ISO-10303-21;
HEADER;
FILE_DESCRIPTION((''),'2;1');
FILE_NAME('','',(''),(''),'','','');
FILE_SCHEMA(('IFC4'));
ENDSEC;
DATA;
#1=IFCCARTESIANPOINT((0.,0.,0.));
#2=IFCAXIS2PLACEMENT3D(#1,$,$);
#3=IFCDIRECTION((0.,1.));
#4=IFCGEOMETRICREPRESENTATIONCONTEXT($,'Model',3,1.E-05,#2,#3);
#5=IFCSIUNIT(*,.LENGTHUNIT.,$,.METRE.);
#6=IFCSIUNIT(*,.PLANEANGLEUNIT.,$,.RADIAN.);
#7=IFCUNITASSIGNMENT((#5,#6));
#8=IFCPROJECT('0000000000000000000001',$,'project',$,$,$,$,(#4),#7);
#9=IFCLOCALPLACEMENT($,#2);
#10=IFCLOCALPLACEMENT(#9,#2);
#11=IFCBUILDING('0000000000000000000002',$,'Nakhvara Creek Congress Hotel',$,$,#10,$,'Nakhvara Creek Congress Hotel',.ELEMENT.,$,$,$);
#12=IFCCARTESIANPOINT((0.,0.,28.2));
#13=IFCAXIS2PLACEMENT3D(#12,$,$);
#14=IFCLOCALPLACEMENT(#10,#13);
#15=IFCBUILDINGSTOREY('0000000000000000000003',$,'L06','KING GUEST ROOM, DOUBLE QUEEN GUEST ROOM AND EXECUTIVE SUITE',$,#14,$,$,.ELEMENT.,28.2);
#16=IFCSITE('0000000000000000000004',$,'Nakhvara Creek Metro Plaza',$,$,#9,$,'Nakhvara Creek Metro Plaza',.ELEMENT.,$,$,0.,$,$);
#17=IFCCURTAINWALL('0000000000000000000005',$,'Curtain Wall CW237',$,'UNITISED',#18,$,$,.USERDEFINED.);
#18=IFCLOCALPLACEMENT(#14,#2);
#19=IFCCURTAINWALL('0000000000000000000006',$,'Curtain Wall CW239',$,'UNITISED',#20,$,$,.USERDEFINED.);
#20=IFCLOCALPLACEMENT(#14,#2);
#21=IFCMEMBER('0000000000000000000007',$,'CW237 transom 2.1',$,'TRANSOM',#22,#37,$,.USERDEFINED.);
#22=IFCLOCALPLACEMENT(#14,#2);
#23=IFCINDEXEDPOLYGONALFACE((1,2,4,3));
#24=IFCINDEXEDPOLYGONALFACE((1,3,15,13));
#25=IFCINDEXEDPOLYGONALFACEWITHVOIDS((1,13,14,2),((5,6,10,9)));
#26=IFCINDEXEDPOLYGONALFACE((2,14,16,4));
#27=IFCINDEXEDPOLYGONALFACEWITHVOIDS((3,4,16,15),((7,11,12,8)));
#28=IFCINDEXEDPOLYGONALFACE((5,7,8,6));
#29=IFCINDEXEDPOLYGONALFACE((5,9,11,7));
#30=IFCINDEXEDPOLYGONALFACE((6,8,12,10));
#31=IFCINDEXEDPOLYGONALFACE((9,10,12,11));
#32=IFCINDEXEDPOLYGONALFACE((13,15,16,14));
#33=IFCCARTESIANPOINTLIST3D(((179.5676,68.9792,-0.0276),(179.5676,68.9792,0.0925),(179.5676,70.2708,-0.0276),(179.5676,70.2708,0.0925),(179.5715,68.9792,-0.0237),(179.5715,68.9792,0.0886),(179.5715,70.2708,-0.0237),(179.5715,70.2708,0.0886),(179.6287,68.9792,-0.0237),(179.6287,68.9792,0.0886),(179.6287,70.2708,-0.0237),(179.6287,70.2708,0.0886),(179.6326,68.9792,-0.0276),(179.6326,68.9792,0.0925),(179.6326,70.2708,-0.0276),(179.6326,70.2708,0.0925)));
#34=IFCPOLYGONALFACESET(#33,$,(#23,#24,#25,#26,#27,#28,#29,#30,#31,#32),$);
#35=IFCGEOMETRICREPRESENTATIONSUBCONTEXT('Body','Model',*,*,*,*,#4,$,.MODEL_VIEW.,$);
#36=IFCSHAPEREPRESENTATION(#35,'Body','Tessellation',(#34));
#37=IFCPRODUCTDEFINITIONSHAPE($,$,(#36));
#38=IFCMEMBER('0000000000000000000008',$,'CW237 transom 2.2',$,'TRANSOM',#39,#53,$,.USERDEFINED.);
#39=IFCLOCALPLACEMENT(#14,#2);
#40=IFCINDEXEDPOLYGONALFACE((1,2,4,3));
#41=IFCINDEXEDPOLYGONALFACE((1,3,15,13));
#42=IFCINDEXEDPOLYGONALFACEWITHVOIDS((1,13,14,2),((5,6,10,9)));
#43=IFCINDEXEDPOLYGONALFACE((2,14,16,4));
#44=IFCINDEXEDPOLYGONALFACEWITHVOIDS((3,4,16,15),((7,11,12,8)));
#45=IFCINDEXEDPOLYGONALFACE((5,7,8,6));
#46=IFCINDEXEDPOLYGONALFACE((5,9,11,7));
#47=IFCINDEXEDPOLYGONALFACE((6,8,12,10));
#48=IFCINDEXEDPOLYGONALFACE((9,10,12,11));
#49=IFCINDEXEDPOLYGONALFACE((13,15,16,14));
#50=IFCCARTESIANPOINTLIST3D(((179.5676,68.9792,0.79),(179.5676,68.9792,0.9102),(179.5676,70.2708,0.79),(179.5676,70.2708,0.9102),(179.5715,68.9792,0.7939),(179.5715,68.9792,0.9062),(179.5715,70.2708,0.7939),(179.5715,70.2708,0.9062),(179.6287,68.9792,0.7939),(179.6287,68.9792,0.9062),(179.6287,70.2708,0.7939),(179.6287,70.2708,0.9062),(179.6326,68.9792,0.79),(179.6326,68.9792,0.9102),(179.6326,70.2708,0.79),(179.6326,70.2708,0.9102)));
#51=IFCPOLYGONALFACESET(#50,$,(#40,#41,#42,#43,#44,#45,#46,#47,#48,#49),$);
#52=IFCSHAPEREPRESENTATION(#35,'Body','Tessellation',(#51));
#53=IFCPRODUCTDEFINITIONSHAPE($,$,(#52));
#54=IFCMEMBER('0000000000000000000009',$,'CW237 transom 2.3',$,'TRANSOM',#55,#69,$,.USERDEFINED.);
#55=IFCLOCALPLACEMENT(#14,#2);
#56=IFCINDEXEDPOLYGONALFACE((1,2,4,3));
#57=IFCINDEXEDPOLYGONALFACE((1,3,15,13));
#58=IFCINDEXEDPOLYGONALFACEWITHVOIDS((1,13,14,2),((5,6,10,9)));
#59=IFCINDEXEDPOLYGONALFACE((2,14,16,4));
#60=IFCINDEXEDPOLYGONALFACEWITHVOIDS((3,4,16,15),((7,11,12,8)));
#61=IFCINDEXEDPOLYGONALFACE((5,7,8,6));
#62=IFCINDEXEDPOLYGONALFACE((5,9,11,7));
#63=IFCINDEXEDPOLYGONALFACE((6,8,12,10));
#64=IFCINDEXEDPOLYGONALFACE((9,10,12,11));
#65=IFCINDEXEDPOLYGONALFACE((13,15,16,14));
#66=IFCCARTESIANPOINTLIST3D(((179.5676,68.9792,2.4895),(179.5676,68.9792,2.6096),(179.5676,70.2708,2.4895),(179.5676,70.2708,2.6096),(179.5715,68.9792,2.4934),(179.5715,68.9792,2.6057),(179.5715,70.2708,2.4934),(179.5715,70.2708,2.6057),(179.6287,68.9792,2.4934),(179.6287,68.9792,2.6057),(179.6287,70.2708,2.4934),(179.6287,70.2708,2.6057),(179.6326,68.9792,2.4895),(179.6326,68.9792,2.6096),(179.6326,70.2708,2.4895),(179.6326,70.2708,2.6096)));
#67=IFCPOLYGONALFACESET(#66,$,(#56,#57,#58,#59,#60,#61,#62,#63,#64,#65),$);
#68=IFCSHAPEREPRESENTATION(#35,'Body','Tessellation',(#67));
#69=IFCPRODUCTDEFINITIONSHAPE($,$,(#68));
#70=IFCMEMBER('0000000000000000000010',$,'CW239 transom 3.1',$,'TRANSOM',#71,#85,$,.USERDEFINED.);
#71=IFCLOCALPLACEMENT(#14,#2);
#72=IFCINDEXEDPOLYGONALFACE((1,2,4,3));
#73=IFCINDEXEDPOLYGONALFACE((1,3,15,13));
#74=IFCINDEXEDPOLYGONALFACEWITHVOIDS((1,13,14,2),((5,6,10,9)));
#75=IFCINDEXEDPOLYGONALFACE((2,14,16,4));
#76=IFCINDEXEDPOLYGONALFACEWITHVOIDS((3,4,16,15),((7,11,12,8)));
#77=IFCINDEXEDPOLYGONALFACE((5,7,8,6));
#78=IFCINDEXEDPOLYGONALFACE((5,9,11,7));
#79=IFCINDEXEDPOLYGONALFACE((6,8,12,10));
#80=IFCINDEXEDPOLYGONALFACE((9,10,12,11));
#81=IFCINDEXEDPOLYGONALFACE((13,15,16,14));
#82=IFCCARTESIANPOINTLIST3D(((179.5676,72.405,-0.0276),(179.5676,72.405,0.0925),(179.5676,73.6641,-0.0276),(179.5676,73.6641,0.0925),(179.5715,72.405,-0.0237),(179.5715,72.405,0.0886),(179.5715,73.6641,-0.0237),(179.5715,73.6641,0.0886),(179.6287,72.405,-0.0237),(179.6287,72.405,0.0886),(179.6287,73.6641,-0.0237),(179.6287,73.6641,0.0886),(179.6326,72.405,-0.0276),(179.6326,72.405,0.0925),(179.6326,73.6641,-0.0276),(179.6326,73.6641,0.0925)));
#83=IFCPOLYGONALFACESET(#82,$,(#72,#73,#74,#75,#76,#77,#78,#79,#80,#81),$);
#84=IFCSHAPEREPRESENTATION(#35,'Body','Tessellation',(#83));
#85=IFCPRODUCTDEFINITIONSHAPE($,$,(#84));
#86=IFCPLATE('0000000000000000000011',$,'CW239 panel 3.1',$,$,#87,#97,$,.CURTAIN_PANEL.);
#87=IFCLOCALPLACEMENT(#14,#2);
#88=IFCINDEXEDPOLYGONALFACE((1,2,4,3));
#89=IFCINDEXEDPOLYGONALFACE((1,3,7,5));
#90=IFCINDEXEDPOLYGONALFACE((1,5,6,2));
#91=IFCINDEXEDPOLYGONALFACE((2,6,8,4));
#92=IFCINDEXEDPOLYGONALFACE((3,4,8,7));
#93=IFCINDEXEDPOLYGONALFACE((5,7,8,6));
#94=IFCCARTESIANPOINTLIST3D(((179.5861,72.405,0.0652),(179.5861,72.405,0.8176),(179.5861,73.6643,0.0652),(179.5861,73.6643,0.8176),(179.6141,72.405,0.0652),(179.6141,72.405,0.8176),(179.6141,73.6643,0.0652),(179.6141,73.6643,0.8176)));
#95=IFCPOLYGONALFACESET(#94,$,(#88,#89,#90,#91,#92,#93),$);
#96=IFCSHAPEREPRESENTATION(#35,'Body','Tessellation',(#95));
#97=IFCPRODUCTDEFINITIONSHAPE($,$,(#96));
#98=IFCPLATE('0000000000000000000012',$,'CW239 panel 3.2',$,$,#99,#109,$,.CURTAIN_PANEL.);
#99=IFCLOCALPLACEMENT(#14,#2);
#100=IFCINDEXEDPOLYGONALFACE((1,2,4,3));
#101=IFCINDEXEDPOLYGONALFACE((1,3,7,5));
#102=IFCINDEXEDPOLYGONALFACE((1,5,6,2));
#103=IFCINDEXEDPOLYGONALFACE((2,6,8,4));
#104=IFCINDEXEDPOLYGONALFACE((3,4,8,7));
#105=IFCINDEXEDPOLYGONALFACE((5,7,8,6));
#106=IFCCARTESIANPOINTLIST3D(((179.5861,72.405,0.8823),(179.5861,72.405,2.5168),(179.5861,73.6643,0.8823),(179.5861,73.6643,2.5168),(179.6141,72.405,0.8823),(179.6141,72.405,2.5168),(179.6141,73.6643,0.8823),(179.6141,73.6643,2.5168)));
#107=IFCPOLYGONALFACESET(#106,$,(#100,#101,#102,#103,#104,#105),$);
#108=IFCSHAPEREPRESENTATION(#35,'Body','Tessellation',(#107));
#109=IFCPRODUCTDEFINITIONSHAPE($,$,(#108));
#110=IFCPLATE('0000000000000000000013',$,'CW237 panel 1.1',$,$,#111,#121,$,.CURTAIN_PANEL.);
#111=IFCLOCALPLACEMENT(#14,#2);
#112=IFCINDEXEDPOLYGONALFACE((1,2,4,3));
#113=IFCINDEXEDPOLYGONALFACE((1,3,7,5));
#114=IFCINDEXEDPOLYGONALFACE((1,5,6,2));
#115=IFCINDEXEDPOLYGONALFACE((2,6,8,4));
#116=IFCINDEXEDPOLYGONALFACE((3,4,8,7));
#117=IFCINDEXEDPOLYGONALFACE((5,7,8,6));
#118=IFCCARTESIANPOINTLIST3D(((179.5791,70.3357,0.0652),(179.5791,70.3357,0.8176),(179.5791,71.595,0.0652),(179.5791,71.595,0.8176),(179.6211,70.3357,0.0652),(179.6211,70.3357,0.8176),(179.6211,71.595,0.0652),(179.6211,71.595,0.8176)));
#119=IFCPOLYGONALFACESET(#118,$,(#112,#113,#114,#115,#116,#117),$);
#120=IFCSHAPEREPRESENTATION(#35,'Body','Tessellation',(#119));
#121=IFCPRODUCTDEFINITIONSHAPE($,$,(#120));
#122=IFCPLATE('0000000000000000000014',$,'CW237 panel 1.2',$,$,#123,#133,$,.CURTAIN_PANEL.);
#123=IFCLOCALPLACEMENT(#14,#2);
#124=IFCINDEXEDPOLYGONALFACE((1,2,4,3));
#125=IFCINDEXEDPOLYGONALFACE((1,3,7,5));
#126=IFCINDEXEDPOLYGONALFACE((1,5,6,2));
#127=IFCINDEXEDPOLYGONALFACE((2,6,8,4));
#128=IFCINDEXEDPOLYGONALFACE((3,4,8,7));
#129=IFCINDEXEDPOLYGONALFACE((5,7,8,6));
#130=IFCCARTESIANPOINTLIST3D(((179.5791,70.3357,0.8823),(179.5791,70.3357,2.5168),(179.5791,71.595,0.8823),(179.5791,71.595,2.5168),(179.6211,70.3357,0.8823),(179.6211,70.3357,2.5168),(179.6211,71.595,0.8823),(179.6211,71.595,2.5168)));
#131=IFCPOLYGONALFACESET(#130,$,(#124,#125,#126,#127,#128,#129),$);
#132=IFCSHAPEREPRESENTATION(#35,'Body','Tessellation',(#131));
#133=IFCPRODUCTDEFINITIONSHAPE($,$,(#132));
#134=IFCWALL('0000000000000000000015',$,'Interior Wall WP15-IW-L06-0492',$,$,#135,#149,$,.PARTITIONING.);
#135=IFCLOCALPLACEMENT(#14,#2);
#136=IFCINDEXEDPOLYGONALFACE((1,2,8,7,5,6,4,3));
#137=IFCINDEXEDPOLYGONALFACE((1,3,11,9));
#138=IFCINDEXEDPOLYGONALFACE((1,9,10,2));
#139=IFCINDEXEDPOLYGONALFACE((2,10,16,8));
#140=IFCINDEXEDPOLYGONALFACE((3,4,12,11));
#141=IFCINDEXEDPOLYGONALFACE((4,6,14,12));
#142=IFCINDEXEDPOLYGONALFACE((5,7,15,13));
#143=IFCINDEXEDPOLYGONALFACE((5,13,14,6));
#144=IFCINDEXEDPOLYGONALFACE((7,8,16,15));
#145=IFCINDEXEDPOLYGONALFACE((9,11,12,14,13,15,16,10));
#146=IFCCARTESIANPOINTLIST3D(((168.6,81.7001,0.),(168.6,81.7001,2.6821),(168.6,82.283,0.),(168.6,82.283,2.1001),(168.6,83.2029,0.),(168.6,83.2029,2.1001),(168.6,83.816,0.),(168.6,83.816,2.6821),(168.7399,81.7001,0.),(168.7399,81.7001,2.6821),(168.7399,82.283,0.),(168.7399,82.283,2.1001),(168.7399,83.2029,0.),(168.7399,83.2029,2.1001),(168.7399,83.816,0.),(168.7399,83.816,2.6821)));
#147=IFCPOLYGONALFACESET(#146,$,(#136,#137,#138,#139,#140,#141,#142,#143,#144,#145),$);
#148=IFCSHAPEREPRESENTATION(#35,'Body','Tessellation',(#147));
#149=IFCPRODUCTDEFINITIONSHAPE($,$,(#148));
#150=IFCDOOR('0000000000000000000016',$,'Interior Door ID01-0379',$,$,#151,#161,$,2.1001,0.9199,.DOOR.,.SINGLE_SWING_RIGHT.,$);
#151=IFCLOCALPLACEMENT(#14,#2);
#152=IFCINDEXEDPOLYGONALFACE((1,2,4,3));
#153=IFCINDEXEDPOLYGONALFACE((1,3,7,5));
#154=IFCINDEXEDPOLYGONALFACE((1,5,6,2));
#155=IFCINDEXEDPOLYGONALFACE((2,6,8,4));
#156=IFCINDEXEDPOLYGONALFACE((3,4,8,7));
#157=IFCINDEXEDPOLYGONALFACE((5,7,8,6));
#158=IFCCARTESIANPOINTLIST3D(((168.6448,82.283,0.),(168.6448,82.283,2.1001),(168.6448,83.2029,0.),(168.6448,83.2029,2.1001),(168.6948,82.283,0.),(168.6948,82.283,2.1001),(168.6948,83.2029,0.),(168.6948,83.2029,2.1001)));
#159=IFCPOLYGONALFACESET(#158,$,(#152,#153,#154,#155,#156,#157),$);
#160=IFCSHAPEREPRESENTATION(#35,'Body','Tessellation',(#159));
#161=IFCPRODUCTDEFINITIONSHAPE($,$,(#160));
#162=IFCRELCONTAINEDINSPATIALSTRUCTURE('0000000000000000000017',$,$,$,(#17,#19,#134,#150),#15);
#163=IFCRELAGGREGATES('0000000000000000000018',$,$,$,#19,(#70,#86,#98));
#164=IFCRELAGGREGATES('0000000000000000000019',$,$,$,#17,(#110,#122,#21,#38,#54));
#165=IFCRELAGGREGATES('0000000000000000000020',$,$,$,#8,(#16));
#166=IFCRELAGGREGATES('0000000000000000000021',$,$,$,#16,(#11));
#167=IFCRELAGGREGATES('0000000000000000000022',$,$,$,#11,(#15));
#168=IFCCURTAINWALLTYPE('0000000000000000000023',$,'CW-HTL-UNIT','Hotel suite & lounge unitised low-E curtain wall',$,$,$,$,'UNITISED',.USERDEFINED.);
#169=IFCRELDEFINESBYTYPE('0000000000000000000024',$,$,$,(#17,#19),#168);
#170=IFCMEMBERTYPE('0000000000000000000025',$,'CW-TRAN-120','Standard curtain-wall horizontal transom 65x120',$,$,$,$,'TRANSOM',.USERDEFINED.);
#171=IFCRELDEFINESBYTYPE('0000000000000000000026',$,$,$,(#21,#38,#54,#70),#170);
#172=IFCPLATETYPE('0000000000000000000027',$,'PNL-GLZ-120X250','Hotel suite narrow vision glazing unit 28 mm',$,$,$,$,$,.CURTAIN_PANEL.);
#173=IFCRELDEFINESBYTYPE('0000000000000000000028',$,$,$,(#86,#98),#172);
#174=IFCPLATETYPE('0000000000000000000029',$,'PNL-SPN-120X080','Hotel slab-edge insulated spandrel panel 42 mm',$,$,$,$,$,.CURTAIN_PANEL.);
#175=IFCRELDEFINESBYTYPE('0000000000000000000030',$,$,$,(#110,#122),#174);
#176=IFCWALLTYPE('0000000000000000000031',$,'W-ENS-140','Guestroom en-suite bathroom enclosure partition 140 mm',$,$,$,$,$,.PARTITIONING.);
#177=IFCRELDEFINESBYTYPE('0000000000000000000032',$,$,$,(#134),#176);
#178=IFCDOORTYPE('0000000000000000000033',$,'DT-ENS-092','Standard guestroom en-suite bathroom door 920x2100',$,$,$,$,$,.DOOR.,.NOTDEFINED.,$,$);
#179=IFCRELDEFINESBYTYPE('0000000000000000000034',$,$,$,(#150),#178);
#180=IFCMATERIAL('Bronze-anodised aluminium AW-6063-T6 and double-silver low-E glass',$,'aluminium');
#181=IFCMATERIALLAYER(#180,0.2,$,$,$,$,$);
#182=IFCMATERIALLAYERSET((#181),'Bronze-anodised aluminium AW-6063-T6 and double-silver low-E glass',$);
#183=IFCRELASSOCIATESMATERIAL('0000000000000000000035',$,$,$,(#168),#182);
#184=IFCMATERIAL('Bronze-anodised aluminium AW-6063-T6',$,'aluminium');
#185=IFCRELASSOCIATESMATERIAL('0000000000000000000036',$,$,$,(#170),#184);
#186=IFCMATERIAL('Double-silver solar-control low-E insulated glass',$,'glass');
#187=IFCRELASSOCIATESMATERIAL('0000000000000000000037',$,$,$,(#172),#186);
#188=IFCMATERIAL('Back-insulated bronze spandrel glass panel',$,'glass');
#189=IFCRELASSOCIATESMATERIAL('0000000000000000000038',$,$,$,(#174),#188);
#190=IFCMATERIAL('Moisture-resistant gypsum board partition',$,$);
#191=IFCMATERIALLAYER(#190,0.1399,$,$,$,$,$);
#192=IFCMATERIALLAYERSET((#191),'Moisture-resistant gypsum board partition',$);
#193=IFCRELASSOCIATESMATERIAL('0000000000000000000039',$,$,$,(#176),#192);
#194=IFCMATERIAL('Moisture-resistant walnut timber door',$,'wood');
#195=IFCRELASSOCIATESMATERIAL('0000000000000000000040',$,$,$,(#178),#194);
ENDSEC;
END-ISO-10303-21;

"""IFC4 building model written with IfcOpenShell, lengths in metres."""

from ifc_helpers import new_model, si_unit, direction, frame, frame_2d, origin, origin_2d, place, context, subcontext, project, spatial, rectangle, hollow_rectangle, extrude, material, layer, layer_set, material_profile, profile_set, type_object, element, fill, aggregate, save


model = new_model("IFC4")

# Units and contexts
model_context = context("Model", 3, precision=1e-05, world=origin(), true_north=direction((0.0, 1.0)))
body_context = subcontext(model_context, "Body", "Model", "MODEL_VIEW")
ifc_project = project(units=[si_unit("LENGTHUNIT", "METRE"), si_unit("PLANEANGLEUNIT", "RADIAN")], contexts=[model_context])

# Site, building, storey
site_placement = place(None, origin())
site = spatial("IfcSite", under=ifc_project, at=site_placement, Name="Nakhvara Creek Metro Plaza", LongName="Nakhvara Creek Metro Plaza", CompositionType="ELEMENT", RefElevation=0.0)
building_placement = place(site_placement, origin())
building = spatial("IfcBuilding", under=site, at=building_placement, Name="Nakhvara Creek Congress Hotel", LongName="Nakhvara Creek Congress Hotel", CompositionType="ELEMENT")
storey_placement = place(building_placement, frame((0.0, 0.0, 28.2)))
storey = spatial("IfcBuildingStorey", under=building, at=storey_placement, Name="L06", Description="KING GUEST ROOM, DOUBLE QUEEN GUEST ROOM AND EXECUTIVE SUITE", CompositionType="ELEMENT", Elevation=28.2)

# Curtain wall
ifc_material_1 = material(Name="Bronze-anodised aluminium AW-6063-T6 and double-silver low-E glass", Category="aluminium")
ifc_layer_1 = layer(ifc_material_1, 0.2)
ifc_layer_set_1 = layer_set([ifc_layer_1], Name="Bronze-anodised aluminium AW-6063-T6 and double-silver low-E glass")
curtain_wall_type = type_object("IfcCurtainWallType", Name="CW-HTL-UNIT", Description="Hotel suite & lounge unitised low-E curtain wall", ElementType="UNITISED", PredefinedType="USERDEFINED", material=ifc_layer_set_1)
curtain_wall_1_placement = place(storey_placement, origin())
curtain_wall_1 = element("IfcCurtainWall", 1, at=curtain_wall_1_placement, inside=storey, type_object=curtain_wall_type, Name="Curtain Wall CW237", ObjectType="UNITISED", PredefinedType="USERDEFINED")
ifc_material_2 = material(Name="Bronze-anodised aluminium AW-6063-T6", Category="aluminium")

# Curtain wall
curtain_wall_2_placement = place(storey_placement, origin())
curtain_wall_2 = element("IfcCurtainWall", 2, at=curtain_wall_2_placement, inside=storey, type_object=curtain_wall_type, Name="Curtain Wall CW239", ObjectType="UNITISED", PredefinedType="USERDEFINED")

# Members
ifc_material_profile_1 = material_profile(ifc_material_2, hollow_rectangle(XDim=0.0649, YDim=0.1201, WallThickness=0.0039, at=origin_2d()), Name="ALU-TRAN 65x120x4", Category="LoadBearing")
ifc_profile_set_1 = profile_set([ifc_material_profile_1], Name="Bronze-anodised aluminium AW-6063-T6")
member_type_1 = type_object("IfcMemberType", Name="CW-TRAN-120", Description="Standard curtain-wall horizontal transom 65x120", ElementType="TRANSOM", PredefinedType="USERDEFINED", material=ifc_profile_set_1)
member_1_placement = place(storey_placement, frame((179.6001, 70.2708, 0.0325), z_axis=(0.0, -1.0, 0.0), x_axis=(1.0, 0.0, 0.0)))
member_1 = element("IfcMember", 3, at=member_1_placement, type_object=member_type_1, Name="CW237 transom 2.1", ObjectType="TRANSOM", PredefinedType="USERDEFINED", context=body_context, shape_type="SweptSolid", body=[
    extrude(hollow_rectangle(XDim=0.0649, YDim=0.1201, WallThickness=0.0039, at=origin_2d()), origin(), (0.0, 0.0, 1.0), 1.2915),
])
member_2_placement = place(storey_placement, frame((179.6001, 70.2708, 0.8501), z_axis=(0.0, -1.0, 0.0), x_axis=(1.0, 0.0, 0.0)))
member_2 = element("IfcMember", 4, at=member_2_placement, type_object=member_type_1, Name="CW237 transom 2.2", ObjectType="TRANSOM", PredefinedType="USERDEFINED", context=body_context, shape_type="SweptSolid", body=[
    extrude(hollow_rectangle(XDim=0.0649, YDim=0.1201, WallThickness=0.0039, at=origin_2d()), origin(), (0.0, 0.0, 1.0), 1.2915),
])
member_3_placement = place(storey_placement, frame((179.6001, 70.2708, 2.5496), z_axis=(0.0, -1.0, 0.0), x_axis=(1.0, 0.0, 0.0)))
member_3 = element("IfcMember", 5, at=member_3_placement, type_object=member_type_1, Name="CW237 transom 2.3", ObjectType="TRANSOM", PredefinedType="USERDEFINED", context=body_context, shape_type="SweptSolid", body=[
    extrude(hollow_rectangle(XDim=0.0649, YDim=0.1201, WallThickness=0.0039, at=origin_2d()), origin(), (0.0, 0.0, 1.0), 1.2915),
])
member_4_placement = place(storey_placement, frame((179.6001, 73.6641, 0.0325), z_axis=(0.0, -1.0, 0.0), x_axis=(1.0, 0.0, 0.0)))
member_4 = element("IfcMember", 6, at=member_4_placement, type_object=member_type_1, Name="CW239 transom 3.1", ObjectType="TRANSOM", PredefinedType="USERDEFINED", context=body_context, shape_type="SweptSolid", body=[
    extrude(hollow_rectangle(XDim=0.0649, YDim=0.1201, WallThickness=0.0039, at=origin_2d()), origin(), (0.0, 0.0, 1.0), 1.259),
])

# Plates
ifc_material_3 = material(Name="Double-silver solar-control low-E insulated glass", Category="glass")
plate_type_1 = type_object("IfcPlateType", Name="PNL-GLZ-120X250", Description="Hotel suite narrow vision glazing unit 28 mm", PredefinedType="CURTAIN_PANEL", material=ifc_material_3)
plate_1_placement = place(storey_placement, frame((179.6001, 73.0347, 0.0652), z_axis=(0.0, 0.0, 1.0), x_axis=(0.0, -1.0, 0.0)))
plate_1 = element("IfcPlate", 7, at=plate_1_placement, type_object=plate_type_1, Name="CW239 panel 3.1", PredefinedType="CURTAIN_PANEL", context=body_context, shape_type="SweptSolid", body=[
    extrude(rectangle(XDim=1.2593, YDim=0.0281, at=origin_2d()), origin(), (0.0, 0.0, 1.0), 0.7524),
])
plate_2_placement = place(storey_placement, frame((179.6001, 73.0347, 0.8823), z_axis=(0.0, 0.0, 1.0), x_axis=(0.0, -1.0, 0.0)))
plate_2 = element("IfcPlate", 8, at=plate_2_placement, type_object=plate_type_1, Name="CW239 panel 3.2", PredefinedType="CURTAIN_PANEL", context=body_context, shape_type="SweptSolid", body=[
    extrude(rectangle(XDim=1.2593, YDim=0.0281, at=origin_2d()), origin(), (0.0, 0.0, 1.0), 1.6345),
])
aggregate(curtain_wall_2, [member_4, plate_1, plate_2])
ifc_material_4 = material(Name="Back-insulated bronze spandrel glass panel", Category="glass")
plate_type_2 = type_object("IfcPlateType", Name="PNL-SPN-120X080", Description="Hotel slab-edge insulated spandrel panel 42 mm", PredefinedType="CURTAIN_PANEL", material=ifc_material_4)
plate_3_placement = place(storey_placement, frame((179.6001, 70.9653, 0.0652), z_axis=(0.0, 0.0, 1.0), x_axis=(0.0, -1.0, 0.0)))
plate_3 = element("IfcPlate", 9, at=plate_3_placement, type_object=plate_type_2, Name="CW237 panel 1.1", PredefinedType="CURTAIN_PANEL", context=body_context, shape_type="SweptSolid", body=[
    extrude(rectangle(XDim=1.2593, YDim=0.042, at=origin_2d()), origin(), (0.0, 0.0, 1.0), 0.7524),
])
plate_4_placement = place(storey_placement, frame((179.6001, 70.9653, 0.8823), z_axis=(0.0, 0.0, 1.0), x_axis=(0.0, -1.0, 0.0)))
plate_4 = element("IfcPlate", 10, at=plate_4_placement, type_object=plate_type_2, Name="CW237 panel 1.2", PredefinedType="CURTAIN_PANEL", context=body_context, shape_type="SweptSolid", body=[
    extrude(rectangle(XDim=1.2593, YDim=0.042, at=origin_2d()), origin(), (0.0, 0.0, 1.0), 1.6345),
])
aggregate(curtain_wall_1, [plate_3, plate_4, member_1, member_2, member_3])

# Wall, opening, door
ifc_material_5 = material(Name="Moisture-resistant gypsum board partition")
ifc_layer_2 = layer(ifc_material_5, 0.1399)
ifc_layer_set_2 = layer_set([ifc_layer_2], Name="Moisture-resistant gypsum board partition")
wall_type_1 = type_object("IfcWallType", Name="W-ENS-140", Description="Guestroom en-suite bathroom enclosure partition 140 mm", PredefinedType="PARTITIONING", material=ifc_layer_set_2)
wall_1_placement = place(storey_placement, frame((168.6699, 81.7, 0.0), z_axis=(0.0, 0.0, 1.0), x_axis=(0.0, 1.0, 0.0)))
wall_1 = element("IfcWall", 11, at=wall_1_placement, inside=storey, type_object=wall_type_1, Name="Interior Wall WP15-IW-L06-0492", PredefinedType="PARTITIONING", context=body_context, shape_type="SweptSolid", body=[
    extrude(rectangle(XDim=2.116, YDim=0.1399, at=frame_2d((1.0581, 0.0))), origin(), (0.0, 0.0, 1.0), 2.6821),
])
opening_1_placement = place(wall_1_placement, frame((0.583, 0.0, 0.0)))
opening_1 = element("IfcOpeningElement", 12, at=opening_1_placement, cuts=wall_1, PredefinedType="OPENING", context=body_context, shape_type="SweptSolid", body=[
    extrude(rectangle(XDim=0.9199, YDim=2.1001, at=frame_2d((0.46, 1.05))), frame((0.0, 0.082, 0.0), z_axis=(0.0, -1.0, 0.0), x_axis=(1.0, 0.0, 0.0)), (0.0, 0.0, 1.0), 0.1638),
])
ifc_material_6 = material(Name="Moisture-resistant walnut timber door", Category="wood")
door_type = type_object("IfcDoorType", Name="DT-ENS-092", Description="Standard guestroom en-suite bathroom door 920x2100", OperationType="NOTDEFINED", PredefinedType="DOOR", material=ifc_material_6)
door_placement = place(opening_1_placement, frame((0.9199, 0.0, 0.0), z_axis=(0.0, 0.0, 1.0), x_axis=(-1.0, 0.0, 0.0)))
door = element("IfcDoor", 13, at=door_placement, inside=storey, type_object=door_type, Name="Interior Door ID01-0379", OperationType="SINGLE_SWING_RIGHT", OverallHeight=2.1001, OverallWidth=0.9199, PredefinedType="DOOR", context=body_context, shape_type="SweptSolid", body=[
    extrude(rectangle(XDim=0.9199, YDim=2.1001, at=frame_2d((0.46, 1.05))), frame((0.0, 0.0249, 0.0), z_axis=(0.0, -1.0, 0.0), x_axis=(1.0, 0.0, 0.0)), (0.0, 0.0, 1.0), 0.05),
])
fill(opening_1, door)

save(model, "model.ifc")
